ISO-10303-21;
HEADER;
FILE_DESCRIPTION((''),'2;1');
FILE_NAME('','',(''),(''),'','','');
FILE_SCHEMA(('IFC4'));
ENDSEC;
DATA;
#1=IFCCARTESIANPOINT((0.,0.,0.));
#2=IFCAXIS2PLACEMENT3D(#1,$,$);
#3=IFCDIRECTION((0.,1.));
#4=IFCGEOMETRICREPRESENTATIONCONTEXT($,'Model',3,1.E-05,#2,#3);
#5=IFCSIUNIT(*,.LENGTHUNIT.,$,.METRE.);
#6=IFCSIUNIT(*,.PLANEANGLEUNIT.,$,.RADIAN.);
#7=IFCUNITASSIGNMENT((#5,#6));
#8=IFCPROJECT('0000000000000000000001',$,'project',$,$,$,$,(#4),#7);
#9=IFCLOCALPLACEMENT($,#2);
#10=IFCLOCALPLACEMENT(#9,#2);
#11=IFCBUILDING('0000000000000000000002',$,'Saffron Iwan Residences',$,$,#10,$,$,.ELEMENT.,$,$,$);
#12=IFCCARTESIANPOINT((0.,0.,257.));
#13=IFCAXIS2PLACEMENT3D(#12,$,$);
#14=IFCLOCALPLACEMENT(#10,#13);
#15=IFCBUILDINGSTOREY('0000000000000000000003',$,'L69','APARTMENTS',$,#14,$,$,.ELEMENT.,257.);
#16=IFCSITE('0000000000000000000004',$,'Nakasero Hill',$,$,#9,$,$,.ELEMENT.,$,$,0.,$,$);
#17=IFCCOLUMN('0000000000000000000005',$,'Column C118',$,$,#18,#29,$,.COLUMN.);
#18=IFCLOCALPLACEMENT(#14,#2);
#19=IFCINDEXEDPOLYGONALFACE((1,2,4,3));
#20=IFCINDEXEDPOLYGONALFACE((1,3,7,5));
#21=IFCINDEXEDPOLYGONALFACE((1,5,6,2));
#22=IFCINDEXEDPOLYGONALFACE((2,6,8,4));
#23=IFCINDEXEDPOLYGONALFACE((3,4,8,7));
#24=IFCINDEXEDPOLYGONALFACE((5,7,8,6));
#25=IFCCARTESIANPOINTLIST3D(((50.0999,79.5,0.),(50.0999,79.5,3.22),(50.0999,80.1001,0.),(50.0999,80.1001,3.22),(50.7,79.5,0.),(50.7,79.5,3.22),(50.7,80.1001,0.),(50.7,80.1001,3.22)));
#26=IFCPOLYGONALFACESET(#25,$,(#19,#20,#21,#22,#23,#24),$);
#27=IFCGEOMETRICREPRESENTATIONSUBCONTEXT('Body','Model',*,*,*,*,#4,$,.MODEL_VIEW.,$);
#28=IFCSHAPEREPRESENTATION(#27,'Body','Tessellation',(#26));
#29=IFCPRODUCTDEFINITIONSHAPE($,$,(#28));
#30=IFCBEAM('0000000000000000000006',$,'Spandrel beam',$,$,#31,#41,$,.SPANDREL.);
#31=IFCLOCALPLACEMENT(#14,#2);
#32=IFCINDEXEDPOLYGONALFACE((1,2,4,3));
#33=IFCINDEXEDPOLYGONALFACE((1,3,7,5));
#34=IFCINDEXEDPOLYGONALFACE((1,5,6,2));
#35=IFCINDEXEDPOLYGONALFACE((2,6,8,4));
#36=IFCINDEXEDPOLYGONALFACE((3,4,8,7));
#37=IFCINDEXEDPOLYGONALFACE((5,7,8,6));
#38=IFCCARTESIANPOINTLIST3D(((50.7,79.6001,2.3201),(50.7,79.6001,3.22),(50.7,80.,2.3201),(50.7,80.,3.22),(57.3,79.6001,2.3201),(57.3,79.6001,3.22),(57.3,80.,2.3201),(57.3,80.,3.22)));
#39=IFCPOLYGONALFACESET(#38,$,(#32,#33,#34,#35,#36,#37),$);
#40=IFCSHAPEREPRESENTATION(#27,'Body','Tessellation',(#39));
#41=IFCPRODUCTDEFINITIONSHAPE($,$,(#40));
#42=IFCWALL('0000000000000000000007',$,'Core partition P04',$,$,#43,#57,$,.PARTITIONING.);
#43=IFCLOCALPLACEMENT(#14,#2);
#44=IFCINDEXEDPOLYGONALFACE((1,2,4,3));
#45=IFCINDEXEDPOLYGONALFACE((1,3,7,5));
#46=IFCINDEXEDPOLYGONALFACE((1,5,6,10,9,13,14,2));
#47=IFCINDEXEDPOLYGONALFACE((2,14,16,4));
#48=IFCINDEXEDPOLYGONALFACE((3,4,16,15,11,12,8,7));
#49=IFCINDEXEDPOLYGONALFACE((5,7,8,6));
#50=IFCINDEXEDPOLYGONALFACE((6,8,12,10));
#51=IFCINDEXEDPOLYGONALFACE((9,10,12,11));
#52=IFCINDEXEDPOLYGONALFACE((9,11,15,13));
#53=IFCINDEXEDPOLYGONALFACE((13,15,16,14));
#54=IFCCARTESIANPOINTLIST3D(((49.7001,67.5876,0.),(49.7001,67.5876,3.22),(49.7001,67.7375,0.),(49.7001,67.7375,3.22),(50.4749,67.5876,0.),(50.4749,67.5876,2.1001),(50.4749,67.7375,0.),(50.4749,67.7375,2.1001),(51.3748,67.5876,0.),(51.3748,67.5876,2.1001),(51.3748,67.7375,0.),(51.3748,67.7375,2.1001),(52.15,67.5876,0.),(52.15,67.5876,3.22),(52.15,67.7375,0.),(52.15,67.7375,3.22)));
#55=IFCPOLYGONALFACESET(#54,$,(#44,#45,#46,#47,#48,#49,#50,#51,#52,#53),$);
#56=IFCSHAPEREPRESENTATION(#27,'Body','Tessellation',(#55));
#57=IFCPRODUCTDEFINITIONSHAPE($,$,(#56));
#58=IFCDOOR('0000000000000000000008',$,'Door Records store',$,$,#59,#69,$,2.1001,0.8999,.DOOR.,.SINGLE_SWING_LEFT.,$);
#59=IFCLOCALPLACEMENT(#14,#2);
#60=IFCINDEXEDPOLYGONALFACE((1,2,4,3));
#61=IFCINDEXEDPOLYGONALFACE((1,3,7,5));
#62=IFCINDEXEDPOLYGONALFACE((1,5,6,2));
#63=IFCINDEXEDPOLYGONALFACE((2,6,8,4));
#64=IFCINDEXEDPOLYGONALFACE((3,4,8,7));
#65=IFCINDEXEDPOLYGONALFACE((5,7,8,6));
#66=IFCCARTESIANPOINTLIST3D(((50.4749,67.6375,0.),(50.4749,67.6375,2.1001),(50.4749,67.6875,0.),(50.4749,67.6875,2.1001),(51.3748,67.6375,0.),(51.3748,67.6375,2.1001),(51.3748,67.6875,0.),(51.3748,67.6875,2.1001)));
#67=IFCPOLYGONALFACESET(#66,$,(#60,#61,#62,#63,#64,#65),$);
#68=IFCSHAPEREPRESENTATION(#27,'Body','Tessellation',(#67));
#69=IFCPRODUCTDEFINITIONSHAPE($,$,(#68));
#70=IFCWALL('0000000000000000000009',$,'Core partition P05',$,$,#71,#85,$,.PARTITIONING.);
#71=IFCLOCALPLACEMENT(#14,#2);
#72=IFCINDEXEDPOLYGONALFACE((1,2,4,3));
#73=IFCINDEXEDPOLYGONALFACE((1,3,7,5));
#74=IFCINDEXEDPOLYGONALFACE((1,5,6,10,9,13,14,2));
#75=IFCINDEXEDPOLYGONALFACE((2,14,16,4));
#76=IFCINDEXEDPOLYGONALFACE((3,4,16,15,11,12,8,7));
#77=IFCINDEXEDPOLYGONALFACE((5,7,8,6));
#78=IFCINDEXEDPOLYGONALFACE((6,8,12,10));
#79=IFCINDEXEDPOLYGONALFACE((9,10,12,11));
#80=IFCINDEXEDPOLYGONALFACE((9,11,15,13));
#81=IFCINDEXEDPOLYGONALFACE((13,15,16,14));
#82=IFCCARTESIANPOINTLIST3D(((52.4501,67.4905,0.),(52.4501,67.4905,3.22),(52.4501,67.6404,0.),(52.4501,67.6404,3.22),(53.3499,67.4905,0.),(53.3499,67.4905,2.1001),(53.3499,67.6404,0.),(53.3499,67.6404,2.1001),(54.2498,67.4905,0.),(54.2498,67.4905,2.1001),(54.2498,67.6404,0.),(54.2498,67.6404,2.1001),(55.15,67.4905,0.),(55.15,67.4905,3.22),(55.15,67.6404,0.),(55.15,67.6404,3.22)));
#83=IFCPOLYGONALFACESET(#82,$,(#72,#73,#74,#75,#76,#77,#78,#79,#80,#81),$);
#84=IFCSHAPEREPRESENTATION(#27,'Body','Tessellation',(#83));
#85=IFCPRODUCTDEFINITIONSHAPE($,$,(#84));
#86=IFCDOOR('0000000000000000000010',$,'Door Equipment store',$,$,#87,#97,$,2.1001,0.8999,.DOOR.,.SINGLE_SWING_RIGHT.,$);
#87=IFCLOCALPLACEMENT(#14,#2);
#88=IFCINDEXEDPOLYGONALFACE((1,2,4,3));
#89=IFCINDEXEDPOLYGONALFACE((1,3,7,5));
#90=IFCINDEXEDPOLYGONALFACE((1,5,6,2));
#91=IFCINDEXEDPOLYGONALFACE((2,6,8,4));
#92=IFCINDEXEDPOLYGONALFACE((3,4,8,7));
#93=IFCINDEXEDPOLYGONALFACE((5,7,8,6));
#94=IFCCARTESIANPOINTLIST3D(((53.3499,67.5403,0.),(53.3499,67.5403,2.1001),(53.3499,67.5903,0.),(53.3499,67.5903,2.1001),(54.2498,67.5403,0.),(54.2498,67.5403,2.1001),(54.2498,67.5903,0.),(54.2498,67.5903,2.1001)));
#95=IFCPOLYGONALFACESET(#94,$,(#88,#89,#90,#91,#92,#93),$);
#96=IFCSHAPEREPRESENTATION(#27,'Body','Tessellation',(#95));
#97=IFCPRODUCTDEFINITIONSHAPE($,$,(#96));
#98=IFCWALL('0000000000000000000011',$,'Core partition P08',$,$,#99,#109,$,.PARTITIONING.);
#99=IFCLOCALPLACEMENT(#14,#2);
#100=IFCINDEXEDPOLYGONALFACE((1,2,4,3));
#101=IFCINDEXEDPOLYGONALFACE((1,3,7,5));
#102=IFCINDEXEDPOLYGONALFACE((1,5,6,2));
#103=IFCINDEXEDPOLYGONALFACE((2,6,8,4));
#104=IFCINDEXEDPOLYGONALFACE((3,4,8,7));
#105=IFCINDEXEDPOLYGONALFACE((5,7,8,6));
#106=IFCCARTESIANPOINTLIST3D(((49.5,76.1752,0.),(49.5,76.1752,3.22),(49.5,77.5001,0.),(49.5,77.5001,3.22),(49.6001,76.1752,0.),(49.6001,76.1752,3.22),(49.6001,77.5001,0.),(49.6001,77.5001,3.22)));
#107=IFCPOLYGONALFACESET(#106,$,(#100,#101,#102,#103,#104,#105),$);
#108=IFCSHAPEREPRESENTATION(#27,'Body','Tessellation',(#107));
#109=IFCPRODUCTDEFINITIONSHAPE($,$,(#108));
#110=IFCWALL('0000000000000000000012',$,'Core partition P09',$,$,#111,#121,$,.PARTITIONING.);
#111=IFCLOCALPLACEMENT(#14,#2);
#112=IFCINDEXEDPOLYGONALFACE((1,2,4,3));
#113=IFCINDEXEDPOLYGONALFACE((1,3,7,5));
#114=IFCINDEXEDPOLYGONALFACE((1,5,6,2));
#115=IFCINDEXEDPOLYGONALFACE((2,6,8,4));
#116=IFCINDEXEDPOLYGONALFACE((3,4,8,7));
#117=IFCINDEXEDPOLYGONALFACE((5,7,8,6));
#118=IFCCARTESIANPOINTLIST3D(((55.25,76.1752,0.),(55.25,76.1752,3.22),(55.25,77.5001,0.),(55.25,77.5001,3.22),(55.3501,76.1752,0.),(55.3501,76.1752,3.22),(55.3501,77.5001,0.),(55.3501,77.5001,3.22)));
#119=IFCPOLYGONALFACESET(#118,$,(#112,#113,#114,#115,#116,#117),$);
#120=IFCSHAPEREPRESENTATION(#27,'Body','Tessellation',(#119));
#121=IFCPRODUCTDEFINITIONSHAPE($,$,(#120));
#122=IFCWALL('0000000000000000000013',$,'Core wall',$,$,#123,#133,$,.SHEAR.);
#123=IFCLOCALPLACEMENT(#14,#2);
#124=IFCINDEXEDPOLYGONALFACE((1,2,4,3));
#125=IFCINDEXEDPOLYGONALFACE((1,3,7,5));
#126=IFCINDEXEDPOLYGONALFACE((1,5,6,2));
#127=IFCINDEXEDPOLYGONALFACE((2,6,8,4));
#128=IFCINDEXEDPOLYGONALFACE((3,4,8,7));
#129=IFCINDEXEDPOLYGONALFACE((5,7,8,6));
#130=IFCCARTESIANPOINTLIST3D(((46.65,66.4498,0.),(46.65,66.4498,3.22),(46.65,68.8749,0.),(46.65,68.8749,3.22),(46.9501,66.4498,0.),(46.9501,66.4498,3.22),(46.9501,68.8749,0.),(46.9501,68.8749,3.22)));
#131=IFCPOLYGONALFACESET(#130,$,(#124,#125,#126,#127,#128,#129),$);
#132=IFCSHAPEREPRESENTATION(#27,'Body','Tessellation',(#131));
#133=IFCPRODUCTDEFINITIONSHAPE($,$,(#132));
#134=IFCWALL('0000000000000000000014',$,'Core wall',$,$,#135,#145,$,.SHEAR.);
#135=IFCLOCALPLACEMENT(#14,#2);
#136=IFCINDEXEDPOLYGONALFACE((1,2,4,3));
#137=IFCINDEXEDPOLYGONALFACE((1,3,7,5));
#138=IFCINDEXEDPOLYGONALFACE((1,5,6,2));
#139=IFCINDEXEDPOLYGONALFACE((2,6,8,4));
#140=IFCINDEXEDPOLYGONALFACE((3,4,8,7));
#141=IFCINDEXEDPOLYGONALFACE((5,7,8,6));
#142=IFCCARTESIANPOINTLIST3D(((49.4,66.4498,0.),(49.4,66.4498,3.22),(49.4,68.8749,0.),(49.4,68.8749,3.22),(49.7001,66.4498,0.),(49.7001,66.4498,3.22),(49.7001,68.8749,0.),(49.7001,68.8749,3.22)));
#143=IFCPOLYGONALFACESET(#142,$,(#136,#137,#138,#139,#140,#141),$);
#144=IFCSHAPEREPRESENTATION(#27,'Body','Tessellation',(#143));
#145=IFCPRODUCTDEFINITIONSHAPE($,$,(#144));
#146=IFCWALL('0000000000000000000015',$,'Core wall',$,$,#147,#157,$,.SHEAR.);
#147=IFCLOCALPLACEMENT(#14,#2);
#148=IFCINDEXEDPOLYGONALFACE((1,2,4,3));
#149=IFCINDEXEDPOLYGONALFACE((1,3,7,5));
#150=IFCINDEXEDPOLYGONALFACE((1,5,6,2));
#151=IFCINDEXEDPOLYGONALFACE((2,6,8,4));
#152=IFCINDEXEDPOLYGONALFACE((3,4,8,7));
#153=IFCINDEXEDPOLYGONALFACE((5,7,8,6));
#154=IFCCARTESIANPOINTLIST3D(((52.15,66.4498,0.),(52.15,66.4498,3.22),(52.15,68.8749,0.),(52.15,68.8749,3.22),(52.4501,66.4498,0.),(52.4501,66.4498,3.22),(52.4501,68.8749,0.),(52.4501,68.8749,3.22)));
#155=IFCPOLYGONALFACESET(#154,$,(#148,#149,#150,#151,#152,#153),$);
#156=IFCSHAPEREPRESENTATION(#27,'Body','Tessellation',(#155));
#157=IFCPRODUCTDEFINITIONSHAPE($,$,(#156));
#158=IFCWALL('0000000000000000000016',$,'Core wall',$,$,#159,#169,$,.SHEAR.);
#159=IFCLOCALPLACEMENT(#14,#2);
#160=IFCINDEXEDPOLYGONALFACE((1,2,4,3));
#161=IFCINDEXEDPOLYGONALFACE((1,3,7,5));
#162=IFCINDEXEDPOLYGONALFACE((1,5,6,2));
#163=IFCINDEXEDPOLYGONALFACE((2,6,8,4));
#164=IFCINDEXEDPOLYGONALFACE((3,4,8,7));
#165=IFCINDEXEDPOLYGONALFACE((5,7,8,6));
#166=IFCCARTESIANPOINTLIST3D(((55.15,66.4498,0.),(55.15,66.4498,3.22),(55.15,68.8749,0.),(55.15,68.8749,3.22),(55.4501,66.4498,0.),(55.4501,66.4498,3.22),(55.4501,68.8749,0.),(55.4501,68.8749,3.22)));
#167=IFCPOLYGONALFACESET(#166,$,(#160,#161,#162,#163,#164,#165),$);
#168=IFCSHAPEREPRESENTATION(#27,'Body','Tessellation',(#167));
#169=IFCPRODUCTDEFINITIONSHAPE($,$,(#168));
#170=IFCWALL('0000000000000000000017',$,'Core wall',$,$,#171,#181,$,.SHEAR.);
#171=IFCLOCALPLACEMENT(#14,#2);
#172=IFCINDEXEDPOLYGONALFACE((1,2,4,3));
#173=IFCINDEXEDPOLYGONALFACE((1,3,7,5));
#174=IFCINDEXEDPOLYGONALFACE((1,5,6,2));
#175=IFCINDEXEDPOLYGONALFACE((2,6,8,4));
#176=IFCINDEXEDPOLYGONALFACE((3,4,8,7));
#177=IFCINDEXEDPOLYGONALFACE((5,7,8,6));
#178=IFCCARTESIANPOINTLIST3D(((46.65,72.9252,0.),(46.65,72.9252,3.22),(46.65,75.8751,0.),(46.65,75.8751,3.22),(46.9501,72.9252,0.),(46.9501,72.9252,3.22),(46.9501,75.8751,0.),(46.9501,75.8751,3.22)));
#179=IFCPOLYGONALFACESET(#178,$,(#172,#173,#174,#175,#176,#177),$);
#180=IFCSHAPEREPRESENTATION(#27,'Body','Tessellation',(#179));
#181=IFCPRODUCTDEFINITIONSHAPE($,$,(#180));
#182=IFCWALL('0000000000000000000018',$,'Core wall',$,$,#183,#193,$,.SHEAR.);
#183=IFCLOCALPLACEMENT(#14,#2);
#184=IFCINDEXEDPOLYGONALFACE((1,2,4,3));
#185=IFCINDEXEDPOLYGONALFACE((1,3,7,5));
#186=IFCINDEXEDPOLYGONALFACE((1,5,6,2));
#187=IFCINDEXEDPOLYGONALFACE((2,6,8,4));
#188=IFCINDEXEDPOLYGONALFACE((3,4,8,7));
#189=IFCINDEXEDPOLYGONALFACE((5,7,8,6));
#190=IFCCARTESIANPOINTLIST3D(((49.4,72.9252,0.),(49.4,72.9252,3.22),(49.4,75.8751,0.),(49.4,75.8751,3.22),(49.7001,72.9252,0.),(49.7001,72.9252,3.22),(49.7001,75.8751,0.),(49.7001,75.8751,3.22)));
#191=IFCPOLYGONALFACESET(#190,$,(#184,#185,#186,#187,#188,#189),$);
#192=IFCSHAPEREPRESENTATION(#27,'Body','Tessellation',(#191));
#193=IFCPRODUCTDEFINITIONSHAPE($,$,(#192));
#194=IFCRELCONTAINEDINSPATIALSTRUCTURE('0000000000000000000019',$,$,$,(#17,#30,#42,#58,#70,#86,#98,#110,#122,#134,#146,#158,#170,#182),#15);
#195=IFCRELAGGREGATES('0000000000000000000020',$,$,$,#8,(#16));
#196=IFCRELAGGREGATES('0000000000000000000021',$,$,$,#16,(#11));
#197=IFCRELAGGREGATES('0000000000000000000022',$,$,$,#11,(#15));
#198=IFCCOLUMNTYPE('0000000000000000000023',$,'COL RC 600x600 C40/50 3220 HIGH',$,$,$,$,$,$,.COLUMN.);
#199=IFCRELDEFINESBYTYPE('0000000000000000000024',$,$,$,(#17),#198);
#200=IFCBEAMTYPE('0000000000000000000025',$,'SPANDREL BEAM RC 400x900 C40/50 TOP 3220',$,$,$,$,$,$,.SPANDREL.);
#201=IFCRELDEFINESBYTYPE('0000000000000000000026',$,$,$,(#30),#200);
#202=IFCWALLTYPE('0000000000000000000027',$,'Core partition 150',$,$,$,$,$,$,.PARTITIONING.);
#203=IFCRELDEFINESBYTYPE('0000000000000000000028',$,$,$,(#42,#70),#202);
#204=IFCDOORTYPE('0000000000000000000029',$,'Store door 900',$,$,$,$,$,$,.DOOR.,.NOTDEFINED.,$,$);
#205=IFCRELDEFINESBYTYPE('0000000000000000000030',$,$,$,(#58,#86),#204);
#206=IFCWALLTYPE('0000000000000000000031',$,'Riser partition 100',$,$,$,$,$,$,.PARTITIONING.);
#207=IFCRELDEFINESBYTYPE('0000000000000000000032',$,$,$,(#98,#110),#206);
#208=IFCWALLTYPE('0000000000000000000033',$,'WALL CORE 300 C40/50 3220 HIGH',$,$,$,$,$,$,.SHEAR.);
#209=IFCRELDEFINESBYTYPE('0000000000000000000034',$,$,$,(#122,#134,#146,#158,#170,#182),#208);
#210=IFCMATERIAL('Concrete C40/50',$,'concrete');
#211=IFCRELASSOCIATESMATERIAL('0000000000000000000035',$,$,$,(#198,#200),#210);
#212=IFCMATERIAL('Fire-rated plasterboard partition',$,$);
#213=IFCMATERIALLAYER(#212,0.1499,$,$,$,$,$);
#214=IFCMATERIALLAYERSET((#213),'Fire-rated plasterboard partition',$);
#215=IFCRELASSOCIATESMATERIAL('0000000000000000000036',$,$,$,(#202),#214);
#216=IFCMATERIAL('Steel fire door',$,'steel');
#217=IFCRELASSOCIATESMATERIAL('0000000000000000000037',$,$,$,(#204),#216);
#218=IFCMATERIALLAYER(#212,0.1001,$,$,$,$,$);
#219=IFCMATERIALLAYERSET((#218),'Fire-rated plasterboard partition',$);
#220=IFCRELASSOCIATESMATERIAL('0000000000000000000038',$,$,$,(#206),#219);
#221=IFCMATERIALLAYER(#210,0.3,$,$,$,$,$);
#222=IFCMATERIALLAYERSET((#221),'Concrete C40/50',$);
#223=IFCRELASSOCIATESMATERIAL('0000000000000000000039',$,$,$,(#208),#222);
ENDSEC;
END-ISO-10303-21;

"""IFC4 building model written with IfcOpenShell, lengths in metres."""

from ifc_helpers import new_model, si_unit, direction, frame, frame_2d, origin, origin_2d, place, context, subcontext, project, spatial, rectangle, extrude, source, transform, mapped, material, layer, layer_set, material_profile, profile_set, type_object, element, fill, save


model = new_model("IFC4")

# Units and contexts
model_context = context("Model", 3, precision=1e-05, world=origin(), true_north=direction((0.0, 1.0)))
body_context = subcontext(model_context, "Body", "Model", "MODEL_VIEW")
ifc_project = project(units=[si_unit("LENGTHUNIT", "METRE"), si_unit("PLANEANGLEUNIT", "RADIAN")], contexts=[model_context])

# Site, building, storey
site_placement = place(None, origin())
site = spatial("IfcSite", under=ifc_project, at=site_placement, Name="Nakasero Hill", CompositionType="ELEMENT", RefElevation=0.0)
building_placement = place(site_placement, origin())
building = spatial("IfcBuilding", under=site, at=building_placement, Name="Saffron Iwan Residences", CompositionType="ELEMENT")
storey_placement = place(building_placement, frame((0.0, 0.0, 257.0)))
storey = spatial("IfcBuildingStorey", under=building, at=storey_placement, Name="L69", Description="APARTMENTS", CompositionType="ELEMENT", Elevation=257.0)

# Column
ifc_material_1 = material(Name="Concrete C40/50", Category="concrete")
ifc_material_profile_1 = material_profile(ifc_material_1, rectangle(XDim=0.6001, YDim=0.6001, at=origin_2d()), Name="RC 600x600")
ifc_profile_set_1 = profile_set([ifc_material_profile_1], Name="Concrete C40/50")
column_type = type_object("IfcColumnType", Name="COL RC 600x600 C40/50 3220 HIGH", PredefinedType="COLUMN", material=ifc_profile_set_1)
shared_shape_1 = source(origin(), body_context, "Body", "SweptSolid", [
    extrude(rectangle(XDim=0.6001, YDim=0.6001, at=origin_2d()), origin(), (0.0, 0.0, 1.0), 3.22),
])
column_placement = place(storey_placement, frame((50.3999, 79.8, 0.0), z_axis=(0.0, 0.0, 1.0), x_axis=(1.0, 0.0, 0.0)))
element("IfcColumn", 1, at=column_placement, inside=storey, type_object=column_type, Name="Column C118", PredefinedType="COLUMN", context=body_context, shape_type="MappedRepresentation", body=[
    mapped(shared_shape_1, transform((0.0, 0.0, 0.0))),
])

# Beam
ifc_material_profile_2 = material_profile(ifc_material_1, rectangle(XDim=0.3999, YDim=0.8999, at=origin_2d()), Name="RC 400x900")
ifc_profile_set_2 = profile_set([ifc_material_profile_2], Name="Concrete C40/50")
beam_type = type_object("IfcBeamType", Name="SPANDREL BEAM RC 400x900 C40/50 TOP 3220", PredefinedType="SPANDREL", material=ifc_profile_set_2)
shared_shape_2 = source(origin(), body_context, "Body", "SweptSolid", [
    extrude(rectangle(XDim=0.3999, YDim=0.8999, at=origin_2d()), origin(), (0.0, 0.0, 1.0), 6.6001),
])
beam_placement = place(storey_placement, frame((50.7, 79.8, 2.77), z_axis=(1.0, 0.0, 0.0), x_axis=(0.0, 1.0, 0.0)))
element("IfcBeam", 2, at=beam_placement, inside=storey, type_object=beam_type, Name="Spandrel beam", PredefinedType="SPANDREL", context=body_context, shape_type="MappedRepresentation", body=[
    mapped(shared_shape_2, transform((0.0, 0.0, 0.0))),
])

# Walls, openings, doors
ifc_material_2 = material(Name="Fire-rated plasterboard partition")
ifc_layer_1 = layer(ifc_material_2, 0.1499)
ifc_layer_set_1 = layer_set([ifc_layer_1], Name="Fire-rated plasterboard partition")
wall_type_1 = type_object("IfcWallType", Name="Core partition 150", PredefinedType="PARTITIONING", material=ifc_layer_set_1)
wall_1_placement = place(storey_placement, frame((49.7, 67.6626, 0.0), z_axis=(0.0, 0.0, 1.0), x_axis=(1.0, 0.0, 0.0)))
wall_1 = element("IfcWall", 3, at=wall_1_placement, inside=storey, type_object=wall_type_1, Name="Core partition P04", PredefinedType="PARTITIONING", context=body_context, shape_type="SweptSolid", body=[
    extrude(rectangle(XDim=2.45, YDim=0.1499, at=frame_2d((1.2251, 0.0))), origin(), (0.0, 0.0, 1.0), 3.22),
])
opening_1_placement = place(wall_1_placement, frame((0.7749, 0.0, 0.0)))
opening_1 = element("IfcOpeningElement", 4, at=opening_1_placement, cuts=wall_1, PredefinedType="OPENING", context=body_context, shape_type="SweptSolid", body=[
    extrude(rectangle(XDim=0.8999, YDim=2.1001, at=frame_2d((0.45, 1.05))), frame((0.0, 0.085, 0.0), z_axis=(0.0, -1.0, 0.0), x_axis=(1.0, 0.0, 0.0)), (0.0, 0.0, 1.0), 0.1699),
])
ifc_material_3 = material(Name="Steel fire door", Category="steel")
door_type = type_object("IfcDoorType", Name="Store door 900", OperationType="NOTDEFINED", PredefinedType="DOOR", material=ifc_material_3)
door_1_placement = place(opening_1_placement, origin())
door_1 = element("IfcDoor", 5, at=door_1_placement, inside=storey, type_object=door_type, Name="Door Records store", OperationType="SINGLE_SWING_LEFT", OverallHeight=2.1001, OverallWidth=0.8999, PredefinedType="DOOR", context=body_context, shape_type="SweptSolid", body=[
    extrude(rectangle(XDim=0.8999, YDim=2.1001, at=frame_2d((0.45, 1.05))), frame((0.0, 0.0249, 0.0), z_axis=(0.0, -1.0, 0.0), x_axis=(1.0, 0.0, 0.0)), (0.0, 0.0, 1.0), 0.05),
])
fill(opening_1, door_1)
wall_2_placement = place(storey_placement, frame((52.45, 67.5654, 0.0), z_axis=(0.0, 0.0, 1.0), x_axis=(1.0, 0.0, 0.0)))
wall_2 = element("IfcWall", 6, at=wall_2_placement, inside=storey, type_object=wall_type_1, Name="Core partition P05", PredefinedType="PARTITIONING", context=body_context, shape_type="SweptSolid", body=[
    extrude(rectangle(XDim=2.7, YDim=0.1499, at=frame_2d((1.3501, 0.0))), origin(), (0.0, 0.0, 1.0), 3.22),
])
opening_2_placement = place(wall_2_placement, frame((0.8999, 0.0, 0.0)))
opening_2 = element("IfcOpeningElement", 7, at=opening_2_placement, cuts=wall_2, PredefinedType="OPENING", context=body_context, shape_type="SweptSolid", body=[
    extrude(rectangle(XDim=0.8999, YDim=2.1001, at=frame_2d((0.45, 1.05))), frame((0.0, 0.085, 0.0), z_axis=(0.0, -1.0, 0.0), x_axis=(1.0, 0.0, 0.0)), (0.0, 0.0, 1.0), 0.1699),
])
door_2_placement = place(opening_2_placement, origin())
door_2 = element("IfcDoor", 8, at=door_2_placement, inside=storey, type_object=door_type, Name="Door Equipment store", OperationType="SINGLE_SWING_RIGHT", OverallHeight=2.1001, OverallWidth=0.8999, PredefinedType="DOOR", context=body_context, shape_type="SweptSolid", body=[
    extrude(rectangle(XDim=0.8999, YDim=2.1001, at=frame_2d((0.45, 1.05))), frame((0.0, 0.0249, 0.0), z_axis=(0.0, -1.0, 0.0), x_axis=(1.0, 0.0, 0.0)), (0.0, 0.0, 1.0), 0.05),
])
fill(opening_2, door_2)

# Walls
ifc_layer_2 = layer(ifc_material_2, 0.1001)
ifc_layer_set_2 = layer_set([ifc_layer_2], Name="Fire-rated plasterboard partition")
wall_type_2 = type_object("IfcWallType", Name="Riser partition 100", PredefinedType="PARTITIONING", material=ifc_layer_set_2)
for number, where, z_axis, x_axis, name in (
    (9, (49.55, 76.175, 0.0), (0.0, 0.0, 1.0), (0.0, 1.0, 0.0), "Core partition P08"),
    (10, (55.3, 76.175, 0.0), (0.0, 0.0, 1.0), (0.0, 1.0, 0.0), "Core partition P09"),
):
    element("IfcWall", number, at=place(storey_placement, frame(where, z_axis=z_axis, x_axis=x_axis)), inside=storey, type_object=wall_type_2, Name=name, PredefinedType="PARTITIONING", context=body_context, shape_type="SweptSolid", body=[
        extrude(rectangle(XDim=1.325, YDim=0.1001, at=frame_2d((0.6626, 0.0))), origin(), (0.0, 0.0, 1.0), 3.22),
    ])
ifc_layer_3 = layer(ifc_material_1, 0.3)
ifc_layer_set_3 = layer_set([ifc_layer_3], Name="Concrete C40/50")
wall_type_3 = type_object("IfcWallType", Name="WALL CORE 300 C40/50 3220 HIGH", PredefinedType="SHEAR", material=ifc_layer_set_3)
for number, where, z_axis, x_axis, name in (
    (11, (46.8, 66.45, 0.0), (0.0, 0.0, 1.0), (0.0, 1.0, 0.0), "Core wall"),
    (12, (49.55, 66.45, 0.0), (0.0, 0.0, 1.0), (0.0, 1.0, 0.0), "Core wall"),
    (13, (52.3, 66.45, 0.0), (0.0, 0.0, 1.0), (0.0, 1.0, 0.0), "Core wall"),
    (14, (55.3, 66.45, 0.0), (0.0, 0.0, 1.0), (0.0, 1.0, 0.0), "Core wall"),
):
    element("IfcWall", number, at=place(storey_placement, frame(where, z_axis=z_axis, x_axis=x_axis)), inside=storey, type_object=wall_type_3, Name=name, PredefinedType="SHEAR", context=body_context, shape_type="SweptSolid", body=[
        extrude(rectangle(XDim=2.425, YDim=0.3, at=frame_2d((1.2124, 0.0))), origin(), (0.0, 0.0, 1.0), 3.22),
    ])
for number, where, z_axis, x_axis, name in (
    (15, (46.8, 72.925, 0.0), (0.0, 0.0, 1.0), (0.0, 1.0, 0.0), "Core wall"),
    (16, (49.55, 72.925, 0.0), (0.0, 0.0, 1.0), (0.0, 1.0, 0.0), "Core wall"),
):
    element("IfcWall", number, at=place(storey_placement, frame(where, z_axis=z_axis, x_axis=x_axis)), inside=storey, type_object=wall_type_3, Name=name, PredefinedType="SHEAR", context=body_context, shape_type="SweptSolid", body=[
        extrude(rectangle(XDim=2.95, YDim=0.3, at=frame_2d((1.4751, 0.0))), origin(), (0.0, 0.0, 1.0), 3.22),
    ])

save(model, "model.ifc")
